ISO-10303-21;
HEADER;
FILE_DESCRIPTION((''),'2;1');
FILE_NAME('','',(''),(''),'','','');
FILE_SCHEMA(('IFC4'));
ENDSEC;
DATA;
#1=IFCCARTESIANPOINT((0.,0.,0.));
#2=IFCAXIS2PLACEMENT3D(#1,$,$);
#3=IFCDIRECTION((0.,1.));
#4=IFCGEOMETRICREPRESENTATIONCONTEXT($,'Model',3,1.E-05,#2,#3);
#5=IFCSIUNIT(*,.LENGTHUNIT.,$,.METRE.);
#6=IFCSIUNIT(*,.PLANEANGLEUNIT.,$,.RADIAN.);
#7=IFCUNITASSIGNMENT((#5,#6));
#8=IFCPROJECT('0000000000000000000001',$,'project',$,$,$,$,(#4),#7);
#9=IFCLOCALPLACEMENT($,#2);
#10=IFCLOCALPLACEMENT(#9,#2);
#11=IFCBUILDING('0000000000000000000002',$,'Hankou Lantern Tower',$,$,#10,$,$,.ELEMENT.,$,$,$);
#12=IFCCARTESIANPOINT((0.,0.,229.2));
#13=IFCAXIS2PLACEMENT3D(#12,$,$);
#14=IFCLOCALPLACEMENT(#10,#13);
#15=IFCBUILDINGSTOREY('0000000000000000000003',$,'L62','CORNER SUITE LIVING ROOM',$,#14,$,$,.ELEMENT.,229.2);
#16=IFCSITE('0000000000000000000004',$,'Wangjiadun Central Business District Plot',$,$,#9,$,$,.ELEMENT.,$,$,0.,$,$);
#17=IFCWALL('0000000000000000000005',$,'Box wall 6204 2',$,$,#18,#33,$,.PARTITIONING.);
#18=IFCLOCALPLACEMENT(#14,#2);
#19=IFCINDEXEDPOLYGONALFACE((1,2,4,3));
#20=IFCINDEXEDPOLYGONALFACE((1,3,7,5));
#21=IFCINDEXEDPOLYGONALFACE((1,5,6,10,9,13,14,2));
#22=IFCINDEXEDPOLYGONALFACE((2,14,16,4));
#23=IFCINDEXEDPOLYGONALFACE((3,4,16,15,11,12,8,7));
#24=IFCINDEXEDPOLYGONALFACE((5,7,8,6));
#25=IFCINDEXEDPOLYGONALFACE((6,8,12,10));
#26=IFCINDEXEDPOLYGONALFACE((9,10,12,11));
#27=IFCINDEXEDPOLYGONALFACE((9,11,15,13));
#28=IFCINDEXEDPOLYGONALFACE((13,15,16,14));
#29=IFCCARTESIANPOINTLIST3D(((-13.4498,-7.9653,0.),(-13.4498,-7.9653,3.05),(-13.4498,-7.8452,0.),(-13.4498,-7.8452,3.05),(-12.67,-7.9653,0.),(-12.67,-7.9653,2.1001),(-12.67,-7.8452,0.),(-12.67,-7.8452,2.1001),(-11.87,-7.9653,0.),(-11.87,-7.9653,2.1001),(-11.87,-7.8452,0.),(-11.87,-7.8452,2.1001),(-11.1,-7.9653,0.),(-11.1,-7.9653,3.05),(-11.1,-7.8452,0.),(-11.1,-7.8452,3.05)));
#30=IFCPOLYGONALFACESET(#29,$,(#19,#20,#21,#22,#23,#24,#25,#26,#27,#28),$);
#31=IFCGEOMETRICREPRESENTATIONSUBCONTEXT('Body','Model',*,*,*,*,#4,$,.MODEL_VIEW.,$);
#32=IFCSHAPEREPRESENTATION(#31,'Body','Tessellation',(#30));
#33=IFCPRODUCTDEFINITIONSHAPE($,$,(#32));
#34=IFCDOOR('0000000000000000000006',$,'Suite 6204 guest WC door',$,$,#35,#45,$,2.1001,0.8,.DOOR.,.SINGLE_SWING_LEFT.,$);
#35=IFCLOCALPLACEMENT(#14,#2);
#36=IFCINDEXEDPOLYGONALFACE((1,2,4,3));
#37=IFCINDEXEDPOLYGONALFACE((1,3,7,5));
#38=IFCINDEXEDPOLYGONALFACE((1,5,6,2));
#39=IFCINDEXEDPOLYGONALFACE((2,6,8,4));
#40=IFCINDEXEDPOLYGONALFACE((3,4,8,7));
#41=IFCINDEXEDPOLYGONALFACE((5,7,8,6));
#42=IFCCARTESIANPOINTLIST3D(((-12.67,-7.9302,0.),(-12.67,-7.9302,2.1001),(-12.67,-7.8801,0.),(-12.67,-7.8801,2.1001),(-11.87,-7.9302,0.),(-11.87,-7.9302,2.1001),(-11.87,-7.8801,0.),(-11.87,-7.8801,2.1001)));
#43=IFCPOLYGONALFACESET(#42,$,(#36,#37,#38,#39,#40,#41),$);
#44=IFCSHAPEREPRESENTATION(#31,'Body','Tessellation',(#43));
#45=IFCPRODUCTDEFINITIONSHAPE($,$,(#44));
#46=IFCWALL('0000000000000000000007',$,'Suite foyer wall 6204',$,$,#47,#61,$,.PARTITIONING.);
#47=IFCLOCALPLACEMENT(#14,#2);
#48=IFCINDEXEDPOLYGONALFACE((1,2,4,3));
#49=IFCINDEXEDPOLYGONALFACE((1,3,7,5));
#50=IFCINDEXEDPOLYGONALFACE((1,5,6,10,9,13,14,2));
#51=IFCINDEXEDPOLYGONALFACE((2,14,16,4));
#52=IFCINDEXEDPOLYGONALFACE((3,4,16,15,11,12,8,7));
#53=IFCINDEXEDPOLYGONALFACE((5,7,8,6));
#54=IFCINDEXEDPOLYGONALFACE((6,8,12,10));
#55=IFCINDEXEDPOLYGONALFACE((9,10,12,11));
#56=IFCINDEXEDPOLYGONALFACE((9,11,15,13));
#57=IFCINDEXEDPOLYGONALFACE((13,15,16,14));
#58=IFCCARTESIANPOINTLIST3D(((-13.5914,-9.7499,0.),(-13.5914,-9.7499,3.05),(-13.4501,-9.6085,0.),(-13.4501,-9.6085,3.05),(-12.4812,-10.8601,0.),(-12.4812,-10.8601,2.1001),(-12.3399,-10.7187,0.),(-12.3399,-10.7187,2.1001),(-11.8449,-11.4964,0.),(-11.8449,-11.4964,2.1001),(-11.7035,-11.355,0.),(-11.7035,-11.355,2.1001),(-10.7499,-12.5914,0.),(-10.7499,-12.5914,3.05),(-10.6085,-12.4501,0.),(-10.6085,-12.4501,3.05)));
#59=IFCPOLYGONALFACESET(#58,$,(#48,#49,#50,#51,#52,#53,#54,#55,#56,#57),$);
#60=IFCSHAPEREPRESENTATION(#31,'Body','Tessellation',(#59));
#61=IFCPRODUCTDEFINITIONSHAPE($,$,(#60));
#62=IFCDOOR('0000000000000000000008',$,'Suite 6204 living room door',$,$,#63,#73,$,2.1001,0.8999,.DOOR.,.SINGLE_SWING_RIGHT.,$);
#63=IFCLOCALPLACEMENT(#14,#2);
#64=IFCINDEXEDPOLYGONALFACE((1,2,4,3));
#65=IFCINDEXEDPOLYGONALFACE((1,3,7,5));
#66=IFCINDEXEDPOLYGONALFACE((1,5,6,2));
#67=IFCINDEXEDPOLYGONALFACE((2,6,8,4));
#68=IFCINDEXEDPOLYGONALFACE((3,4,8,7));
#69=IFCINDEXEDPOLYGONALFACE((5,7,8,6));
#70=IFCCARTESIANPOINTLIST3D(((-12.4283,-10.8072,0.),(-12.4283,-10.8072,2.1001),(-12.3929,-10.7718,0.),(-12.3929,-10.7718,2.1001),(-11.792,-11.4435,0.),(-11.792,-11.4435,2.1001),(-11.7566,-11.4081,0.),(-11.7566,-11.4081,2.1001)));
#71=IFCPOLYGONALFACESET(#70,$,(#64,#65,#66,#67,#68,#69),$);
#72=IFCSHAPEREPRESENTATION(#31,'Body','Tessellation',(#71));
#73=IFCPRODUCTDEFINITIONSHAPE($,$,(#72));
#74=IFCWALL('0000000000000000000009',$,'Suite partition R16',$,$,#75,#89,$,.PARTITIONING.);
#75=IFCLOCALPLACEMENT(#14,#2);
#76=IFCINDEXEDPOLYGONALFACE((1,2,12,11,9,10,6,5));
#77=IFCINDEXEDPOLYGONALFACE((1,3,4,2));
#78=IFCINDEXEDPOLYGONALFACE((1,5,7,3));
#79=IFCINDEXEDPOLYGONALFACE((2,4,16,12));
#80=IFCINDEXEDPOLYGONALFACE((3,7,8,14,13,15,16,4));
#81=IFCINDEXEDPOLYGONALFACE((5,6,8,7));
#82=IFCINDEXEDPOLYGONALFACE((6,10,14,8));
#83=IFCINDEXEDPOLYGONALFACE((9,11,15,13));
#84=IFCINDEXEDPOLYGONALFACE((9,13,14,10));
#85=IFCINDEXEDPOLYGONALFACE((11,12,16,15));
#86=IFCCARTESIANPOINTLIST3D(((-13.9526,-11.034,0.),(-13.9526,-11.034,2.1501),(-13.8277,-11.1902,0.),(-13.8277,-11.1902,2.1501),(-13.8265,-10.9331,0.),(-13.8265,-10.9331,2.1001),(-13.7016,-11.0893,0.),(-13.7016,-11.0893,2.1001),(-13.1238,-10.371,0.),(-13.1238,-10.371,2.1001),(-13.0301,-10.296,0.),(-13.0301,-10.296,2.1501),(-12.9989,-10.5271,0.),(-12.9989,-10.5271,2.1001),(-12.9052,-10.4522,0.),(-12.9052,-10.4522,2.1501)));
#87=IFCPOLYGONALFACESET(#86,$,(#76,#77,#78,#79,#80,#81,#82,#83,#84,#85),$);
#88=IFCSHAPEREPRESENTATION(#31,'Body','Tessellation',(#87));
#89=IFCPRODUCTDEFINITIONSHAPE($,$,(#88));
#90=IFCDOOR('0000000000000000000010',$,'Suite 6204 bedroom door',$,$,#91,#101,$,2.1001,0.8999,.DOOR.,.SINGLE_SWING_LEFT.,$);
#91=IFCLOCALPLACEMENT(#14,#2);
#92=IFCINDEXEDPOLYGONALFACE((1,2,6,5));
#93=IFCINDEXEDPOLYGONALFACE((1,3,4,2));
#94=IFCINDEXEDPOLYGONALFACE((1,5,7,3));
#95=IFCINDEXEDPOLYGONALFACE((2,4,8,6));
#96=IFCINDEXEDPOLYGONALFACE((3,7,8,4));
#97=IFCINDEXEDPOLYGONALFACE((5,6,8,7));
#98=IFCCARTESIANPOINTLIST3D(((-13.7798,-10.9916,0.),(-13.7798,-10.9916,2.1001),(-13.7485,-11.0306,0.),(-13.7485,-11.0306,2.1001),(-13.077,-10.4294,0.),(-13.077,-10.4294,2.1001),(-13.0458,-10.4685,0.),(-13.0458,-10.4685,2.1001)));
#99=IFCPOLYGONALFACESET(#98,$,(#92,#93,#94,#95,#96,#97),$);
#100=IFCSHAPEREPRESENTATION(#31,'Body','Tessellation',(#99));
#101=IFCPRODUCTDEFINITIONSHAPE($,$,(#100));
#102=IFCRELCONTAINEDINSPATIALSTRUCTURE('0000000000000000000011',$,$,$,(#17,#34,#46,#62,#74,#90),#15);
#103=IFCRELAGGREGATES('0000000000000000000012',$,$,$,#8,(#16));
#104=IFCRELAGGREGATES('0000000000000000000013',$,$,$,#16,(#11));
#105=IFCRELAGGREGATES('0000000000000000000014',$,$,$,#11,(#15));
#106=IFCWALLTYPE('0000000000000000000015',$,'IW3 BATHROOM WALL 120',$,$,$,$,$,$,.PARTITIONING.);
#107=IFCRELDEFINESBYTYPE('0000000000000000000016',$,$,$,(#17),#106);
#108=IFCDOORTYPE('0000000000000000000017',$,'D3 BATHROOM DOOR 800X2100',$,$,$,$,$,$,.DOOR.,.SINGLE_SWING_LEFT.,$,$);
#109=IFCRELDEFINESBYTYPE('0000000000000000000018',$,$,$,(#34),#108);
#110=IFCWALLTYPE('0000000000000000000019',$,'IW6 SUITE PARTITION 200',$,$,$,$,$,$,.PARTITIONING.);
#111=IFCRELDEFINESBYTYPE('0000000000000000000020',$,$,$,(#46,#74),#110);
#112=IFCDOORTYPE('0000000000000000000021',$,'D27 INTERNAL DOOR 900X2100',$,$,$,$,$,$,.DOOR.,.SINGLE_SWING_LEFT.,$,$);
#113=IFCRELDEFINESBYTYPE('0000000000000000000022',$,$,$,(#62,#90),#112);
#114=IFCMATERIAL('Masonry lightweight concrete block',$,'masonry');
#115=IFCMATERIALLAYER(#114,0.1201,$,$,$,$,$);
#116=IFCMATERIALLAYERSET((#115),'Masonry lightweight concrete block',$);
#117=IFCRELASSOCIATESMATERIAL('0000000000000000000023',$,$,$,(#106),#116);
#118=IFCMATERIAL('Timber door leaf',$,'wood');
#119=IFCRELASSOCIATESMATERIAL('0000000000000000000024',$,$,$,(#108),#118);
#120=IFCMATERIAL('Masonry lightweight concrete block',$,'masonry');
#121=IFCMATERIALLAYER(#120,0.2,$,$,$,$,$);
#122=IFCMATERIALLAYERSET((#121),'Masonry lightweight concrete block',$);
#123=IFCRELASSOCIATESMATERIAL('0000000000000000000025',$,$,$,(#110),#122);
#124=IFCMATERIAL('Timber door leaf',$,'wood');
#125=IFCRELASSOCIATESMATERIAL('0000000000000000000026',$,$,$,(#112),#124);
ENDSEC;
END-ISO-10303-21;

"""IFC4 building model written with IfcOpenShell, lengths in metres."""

from ifc_helpers import new_model, si_unit, direction, frame, frame_2d, origin, place, context, subcontext, project, spatial, rectangle, extrude, material, layer, layer_set, type_object, element, fill, save


model = new_model("IFC4")

# Units and contexts
model_context = context("Model", 3, precision=1e-05, world=origin(), true_north=direction((0.0, 1.0)))
body_context = subcontext(model_context, "Body", "Model", "MODEL_VIEW")
ifc_project = project(units=[si_unit("LENGTHUNIT", "METRE"), si_unit("PLANEANGLEUNIT", "RADIAN")], contexts=[model_context])

# Site, building, storey
site_placement = place(None, origin())
site = spatial("IfcSite", under=ifc_project, at=site_placement, Name="Wangjiadun Central Business District Plot", CompositionType="ELEMENT", RefElevation=0.0)
building_placement = place(site_placement, origin())
building = spatial("IfcBuilding", under=site, at=building_placement, Name="Hankou Lantern Tower", CompositionType="ELEMENT")
storey_placement = place(building_placement, frame((0.0, 0.0, 229.2)))
storey = spatial("IfcBuildingStorey", under=building, at=storey_placement, Name="L62", Description="CORNER SUITE LIVING ROOM", CompositionType="ELEMENT", Elevation=229.2)

# Walls, openings, doors
ifc_material_1 = material(Name="Masonry lightweight concrete block", Category="masonry")
ifc_layer_1 = layer(ifc_material_1, 0.1201)
ifc_layer_set_1 = layer_set([ifc_layer_1], Name="Masonry lightweight concrete block")
wall_type_1 = type_object("IfcWallType", Name="IW3 BATHROOM WALL 120", PredefinedType="PARTITIONING", material=ifc_layer_set_1)
wall_1_placement = place(storey_placement, frame((-11.1001, -7.9053, 0.0), z_axis=(0.0, 0.0, 1.0), x_axis=(-1.0, 0.0, 0.0)))
wall_1 = element("IfcWall", 1, at=wall_1_placement, inside=storey, type_object=wall_type_1, Name="Box wall 6204 2", PredefinedType="PARTITIONING", context=body_context, shape_type="SweptSolid", body=[
    extrude(rectangle(XDim=2.3499, YDim=0.1201, at=frame_2d((1.1748, 0.0))), origin(), (0.0, 0.0, 1.0), 3.05),
])
opening_1_placement = place(wall_1_placement, frame((0.77, 0.0, 0.0)))
opening_1 = element("IfcOpeningElement", 2, at=opening_1_placement, cuts=wall_1, PredefinedType="OPENING", context=body_context, shape_type="SweptSolid", body=[
    extrude(rectangle(XDim=0.8, YDim=2.1001, at=frame_2d((0.3999, 1.05))), frame((0.0, 0.0701, 0.0), z_axis=(0.0, -1.0, 0.0), x_axis=(1.0, 0.0, 0.0)), (0.0, 0.0, 1.0), 0.1401),
])
ifc_material_2 = material(Name="Timber door leaf", Category="wood")
door_type_1 = type_object("IfcDoorType", Name="D3 BATHROOM DOOR 800X2100", OperationType="SINGLE_SWING_LEFT", PredefinedType="DOOR", material=ifc_material_2)
door_1_placement = place(opening_1_placement, origin())
door_1 = element("IfcDoor", 3, at=door_1_placement, inside=storey, type_object=door_type_1, Name="Suite 6204 guest WC door", OperationType="SINGLE_SWING_LEFT", OverallHeight=2.1001, OverallWidth=0.8, PredefinedType="DOOR", context=body_context, shape_type="SweptSolid", body=[
    extrude(rectangle(XDim=0.8, YDim=2.1001, at=frame_2d((0.3999, 1.05))), frame((0.0, 0.0249, 0.0), z_axis=(0.0, -1.0, 0.0), x_axis=(1.0, 0.0, 0.0)), (0.0, 0.0, 1.0), 0.05),
])
fill(opening_1, door_1)
ifc_material_3 = material(Name="Masonry lightweight concrete block", Category="masonry")
ifc_layer_2 = layer(ifc_material_3, 0.2)
ifc_layer_set_2 = layer_set([ifc_layer_2], Name="Masonry lightweight concrete block")
wall_type_2 = type_object("IfcWallType", Name="IW6 SUITE PARTITION 200", PredefinedType="PARTITIONING", material=ifc_layer_set_2)
wall_2_placement = place(storey_placement, frame((-13.5208, -9.6792, 0.0), z_axis=(0.0, 0.0, 1.0), x_axis=(0.707107, -0.707107, 0.0)))
wall_2 = element("IfcWall", 4, at=wall_2_placement, inside=storey, type_object=wall_type_2, Name="Suite foyer wall 6204", PredefinedType="PARTITIONING", context=body_context, shape_type="SweptSolid", body=[
    extrude(rectangle(XDim=4.0186, YDim=0.2, at=frame_2d((2.0093, 0.0))), origin(), (0.0, 0.0, 1.0), 3.05),
])
opening_2_placement = place(wall_2_placement, frame((1.5701, 0.0, 0.0)))
opening_2 = element("IfcOpeningElement", 5, at=opening_2_placement, cuts=wall_2, PredefinedType="OPENING", context=body_context, shape_type="SweptSolid", body=[
    extrude(rectangle(XDim=0.8999, YDim=2.1001, at=frame_2d((0.45, 1.05))), frame((0.0, 0.1099, 0.0), z_axis=(0.0, -1.0, 0.0), x_axis=(1.0, 0.0, 0.0)), (0.0, 0.0, 1.0), 0.22),
])
ifc_material_4 = material(Name="Timber door leaf", Category="wood")
door_type_2 = type_object("IfcDoorType", Name="D27 INTERNAL DOOR 900X2100", OperationType="SINGLE_SWING_LEFT", PredefinedType="DOOR", material=ifc_material_4)
door_2_placement = place(opening_2_placement, origin())
door_2 = element("IfcDoor", 6, at=door_2_placement, inside=storey, type_object=door_type_2, Name="Suite 6204 living room door", OperationType="SINGLE_SWING_RIGHT", OverallHeight=2.1001, OverallWidth=0.8999, PredefinedType="DOOR", context=body_context, shape_type="SweptSolid", body=[
    extrude(rectangle(XDim=0.8999, YDim=2.1001, at=frame_2d((0.45, 1.05))), frame((0.0, 0.0249, 0.0), z_axis=(0.0, -1.0, 0.0), x_axis=(1.0, 0.0, 0.0)), (0.0, 0.0, 1.0), 0.05),
])
fill(opening_2, door_2)
wall_3_placement = place(storey_placement, frame((-12.9675, -10.374, 0.0), z_axis=(0.0, 0.0, 1.0), x_axis=(-0.780889, -0.62467, 0.0)))
wall_3 = element("IfcWall", 7, at=wall_3_placement, inside=storey, type_object=wall_type_2, Name="Suite partition R16", PredefinedType="PARTITIONING", context=body_context, shape_type="SweptSolid", body=[
    extrude(rectangle(XDim=1.1814, YDim=0.2, at=frame_2d((0.5908, 0.0))), origin(), (0.0, 0.0, 1.0), 2.1501),
])
opening_3_placement = place(wall_3_placement, frame((0.1201, 0.0, 0.0)))
opening_3 = element("IfcOpeningElement", 8, at=opening_3_placement, cuts=wall_3, PredefinedType="OPENING", context=body_context, shape_type="SweptSolid", body=[
    extrude(rectangle(XDim=0.8999, YDim=2.1001, at=frame_2d((0.45, 1.05))), frame((0.0, 0.1099, 0.0), z_axis=(0.0, -1.0, 0.0), x_axis=(1.0, 0.0, 0.0)), (0.0, 0.0, 1.0), 0.22),
])
door_3_placement = place(opening_3_placement, origin())
door_3 = element("IfcDoor", 9, at=door_3_placement, inside=storey, type_object=door_type_2, Name="Suite 6204 bedroom door", OperationType="SINGLE_SWING_LEFT", OverallHeight=2.1001, OverallWidth=0.8999, PredefinedType="DOOR", context=body_context, shape_type="SweptSolid", body=[
    extrude(rectangle(XDim=0.8999, YDim=2.1001, at=frame_2d((0.45, 1.05))), frame((0.0, 0.0249, 0.0), z_axis=(0.0, -1.0, 0.0), x_axis=(1.0, 0.0, 0.0)), (0.0, 0.0, 1.0), 0.05),
])
fill(opening_3, door_3)

save(model, "model.ifc")
